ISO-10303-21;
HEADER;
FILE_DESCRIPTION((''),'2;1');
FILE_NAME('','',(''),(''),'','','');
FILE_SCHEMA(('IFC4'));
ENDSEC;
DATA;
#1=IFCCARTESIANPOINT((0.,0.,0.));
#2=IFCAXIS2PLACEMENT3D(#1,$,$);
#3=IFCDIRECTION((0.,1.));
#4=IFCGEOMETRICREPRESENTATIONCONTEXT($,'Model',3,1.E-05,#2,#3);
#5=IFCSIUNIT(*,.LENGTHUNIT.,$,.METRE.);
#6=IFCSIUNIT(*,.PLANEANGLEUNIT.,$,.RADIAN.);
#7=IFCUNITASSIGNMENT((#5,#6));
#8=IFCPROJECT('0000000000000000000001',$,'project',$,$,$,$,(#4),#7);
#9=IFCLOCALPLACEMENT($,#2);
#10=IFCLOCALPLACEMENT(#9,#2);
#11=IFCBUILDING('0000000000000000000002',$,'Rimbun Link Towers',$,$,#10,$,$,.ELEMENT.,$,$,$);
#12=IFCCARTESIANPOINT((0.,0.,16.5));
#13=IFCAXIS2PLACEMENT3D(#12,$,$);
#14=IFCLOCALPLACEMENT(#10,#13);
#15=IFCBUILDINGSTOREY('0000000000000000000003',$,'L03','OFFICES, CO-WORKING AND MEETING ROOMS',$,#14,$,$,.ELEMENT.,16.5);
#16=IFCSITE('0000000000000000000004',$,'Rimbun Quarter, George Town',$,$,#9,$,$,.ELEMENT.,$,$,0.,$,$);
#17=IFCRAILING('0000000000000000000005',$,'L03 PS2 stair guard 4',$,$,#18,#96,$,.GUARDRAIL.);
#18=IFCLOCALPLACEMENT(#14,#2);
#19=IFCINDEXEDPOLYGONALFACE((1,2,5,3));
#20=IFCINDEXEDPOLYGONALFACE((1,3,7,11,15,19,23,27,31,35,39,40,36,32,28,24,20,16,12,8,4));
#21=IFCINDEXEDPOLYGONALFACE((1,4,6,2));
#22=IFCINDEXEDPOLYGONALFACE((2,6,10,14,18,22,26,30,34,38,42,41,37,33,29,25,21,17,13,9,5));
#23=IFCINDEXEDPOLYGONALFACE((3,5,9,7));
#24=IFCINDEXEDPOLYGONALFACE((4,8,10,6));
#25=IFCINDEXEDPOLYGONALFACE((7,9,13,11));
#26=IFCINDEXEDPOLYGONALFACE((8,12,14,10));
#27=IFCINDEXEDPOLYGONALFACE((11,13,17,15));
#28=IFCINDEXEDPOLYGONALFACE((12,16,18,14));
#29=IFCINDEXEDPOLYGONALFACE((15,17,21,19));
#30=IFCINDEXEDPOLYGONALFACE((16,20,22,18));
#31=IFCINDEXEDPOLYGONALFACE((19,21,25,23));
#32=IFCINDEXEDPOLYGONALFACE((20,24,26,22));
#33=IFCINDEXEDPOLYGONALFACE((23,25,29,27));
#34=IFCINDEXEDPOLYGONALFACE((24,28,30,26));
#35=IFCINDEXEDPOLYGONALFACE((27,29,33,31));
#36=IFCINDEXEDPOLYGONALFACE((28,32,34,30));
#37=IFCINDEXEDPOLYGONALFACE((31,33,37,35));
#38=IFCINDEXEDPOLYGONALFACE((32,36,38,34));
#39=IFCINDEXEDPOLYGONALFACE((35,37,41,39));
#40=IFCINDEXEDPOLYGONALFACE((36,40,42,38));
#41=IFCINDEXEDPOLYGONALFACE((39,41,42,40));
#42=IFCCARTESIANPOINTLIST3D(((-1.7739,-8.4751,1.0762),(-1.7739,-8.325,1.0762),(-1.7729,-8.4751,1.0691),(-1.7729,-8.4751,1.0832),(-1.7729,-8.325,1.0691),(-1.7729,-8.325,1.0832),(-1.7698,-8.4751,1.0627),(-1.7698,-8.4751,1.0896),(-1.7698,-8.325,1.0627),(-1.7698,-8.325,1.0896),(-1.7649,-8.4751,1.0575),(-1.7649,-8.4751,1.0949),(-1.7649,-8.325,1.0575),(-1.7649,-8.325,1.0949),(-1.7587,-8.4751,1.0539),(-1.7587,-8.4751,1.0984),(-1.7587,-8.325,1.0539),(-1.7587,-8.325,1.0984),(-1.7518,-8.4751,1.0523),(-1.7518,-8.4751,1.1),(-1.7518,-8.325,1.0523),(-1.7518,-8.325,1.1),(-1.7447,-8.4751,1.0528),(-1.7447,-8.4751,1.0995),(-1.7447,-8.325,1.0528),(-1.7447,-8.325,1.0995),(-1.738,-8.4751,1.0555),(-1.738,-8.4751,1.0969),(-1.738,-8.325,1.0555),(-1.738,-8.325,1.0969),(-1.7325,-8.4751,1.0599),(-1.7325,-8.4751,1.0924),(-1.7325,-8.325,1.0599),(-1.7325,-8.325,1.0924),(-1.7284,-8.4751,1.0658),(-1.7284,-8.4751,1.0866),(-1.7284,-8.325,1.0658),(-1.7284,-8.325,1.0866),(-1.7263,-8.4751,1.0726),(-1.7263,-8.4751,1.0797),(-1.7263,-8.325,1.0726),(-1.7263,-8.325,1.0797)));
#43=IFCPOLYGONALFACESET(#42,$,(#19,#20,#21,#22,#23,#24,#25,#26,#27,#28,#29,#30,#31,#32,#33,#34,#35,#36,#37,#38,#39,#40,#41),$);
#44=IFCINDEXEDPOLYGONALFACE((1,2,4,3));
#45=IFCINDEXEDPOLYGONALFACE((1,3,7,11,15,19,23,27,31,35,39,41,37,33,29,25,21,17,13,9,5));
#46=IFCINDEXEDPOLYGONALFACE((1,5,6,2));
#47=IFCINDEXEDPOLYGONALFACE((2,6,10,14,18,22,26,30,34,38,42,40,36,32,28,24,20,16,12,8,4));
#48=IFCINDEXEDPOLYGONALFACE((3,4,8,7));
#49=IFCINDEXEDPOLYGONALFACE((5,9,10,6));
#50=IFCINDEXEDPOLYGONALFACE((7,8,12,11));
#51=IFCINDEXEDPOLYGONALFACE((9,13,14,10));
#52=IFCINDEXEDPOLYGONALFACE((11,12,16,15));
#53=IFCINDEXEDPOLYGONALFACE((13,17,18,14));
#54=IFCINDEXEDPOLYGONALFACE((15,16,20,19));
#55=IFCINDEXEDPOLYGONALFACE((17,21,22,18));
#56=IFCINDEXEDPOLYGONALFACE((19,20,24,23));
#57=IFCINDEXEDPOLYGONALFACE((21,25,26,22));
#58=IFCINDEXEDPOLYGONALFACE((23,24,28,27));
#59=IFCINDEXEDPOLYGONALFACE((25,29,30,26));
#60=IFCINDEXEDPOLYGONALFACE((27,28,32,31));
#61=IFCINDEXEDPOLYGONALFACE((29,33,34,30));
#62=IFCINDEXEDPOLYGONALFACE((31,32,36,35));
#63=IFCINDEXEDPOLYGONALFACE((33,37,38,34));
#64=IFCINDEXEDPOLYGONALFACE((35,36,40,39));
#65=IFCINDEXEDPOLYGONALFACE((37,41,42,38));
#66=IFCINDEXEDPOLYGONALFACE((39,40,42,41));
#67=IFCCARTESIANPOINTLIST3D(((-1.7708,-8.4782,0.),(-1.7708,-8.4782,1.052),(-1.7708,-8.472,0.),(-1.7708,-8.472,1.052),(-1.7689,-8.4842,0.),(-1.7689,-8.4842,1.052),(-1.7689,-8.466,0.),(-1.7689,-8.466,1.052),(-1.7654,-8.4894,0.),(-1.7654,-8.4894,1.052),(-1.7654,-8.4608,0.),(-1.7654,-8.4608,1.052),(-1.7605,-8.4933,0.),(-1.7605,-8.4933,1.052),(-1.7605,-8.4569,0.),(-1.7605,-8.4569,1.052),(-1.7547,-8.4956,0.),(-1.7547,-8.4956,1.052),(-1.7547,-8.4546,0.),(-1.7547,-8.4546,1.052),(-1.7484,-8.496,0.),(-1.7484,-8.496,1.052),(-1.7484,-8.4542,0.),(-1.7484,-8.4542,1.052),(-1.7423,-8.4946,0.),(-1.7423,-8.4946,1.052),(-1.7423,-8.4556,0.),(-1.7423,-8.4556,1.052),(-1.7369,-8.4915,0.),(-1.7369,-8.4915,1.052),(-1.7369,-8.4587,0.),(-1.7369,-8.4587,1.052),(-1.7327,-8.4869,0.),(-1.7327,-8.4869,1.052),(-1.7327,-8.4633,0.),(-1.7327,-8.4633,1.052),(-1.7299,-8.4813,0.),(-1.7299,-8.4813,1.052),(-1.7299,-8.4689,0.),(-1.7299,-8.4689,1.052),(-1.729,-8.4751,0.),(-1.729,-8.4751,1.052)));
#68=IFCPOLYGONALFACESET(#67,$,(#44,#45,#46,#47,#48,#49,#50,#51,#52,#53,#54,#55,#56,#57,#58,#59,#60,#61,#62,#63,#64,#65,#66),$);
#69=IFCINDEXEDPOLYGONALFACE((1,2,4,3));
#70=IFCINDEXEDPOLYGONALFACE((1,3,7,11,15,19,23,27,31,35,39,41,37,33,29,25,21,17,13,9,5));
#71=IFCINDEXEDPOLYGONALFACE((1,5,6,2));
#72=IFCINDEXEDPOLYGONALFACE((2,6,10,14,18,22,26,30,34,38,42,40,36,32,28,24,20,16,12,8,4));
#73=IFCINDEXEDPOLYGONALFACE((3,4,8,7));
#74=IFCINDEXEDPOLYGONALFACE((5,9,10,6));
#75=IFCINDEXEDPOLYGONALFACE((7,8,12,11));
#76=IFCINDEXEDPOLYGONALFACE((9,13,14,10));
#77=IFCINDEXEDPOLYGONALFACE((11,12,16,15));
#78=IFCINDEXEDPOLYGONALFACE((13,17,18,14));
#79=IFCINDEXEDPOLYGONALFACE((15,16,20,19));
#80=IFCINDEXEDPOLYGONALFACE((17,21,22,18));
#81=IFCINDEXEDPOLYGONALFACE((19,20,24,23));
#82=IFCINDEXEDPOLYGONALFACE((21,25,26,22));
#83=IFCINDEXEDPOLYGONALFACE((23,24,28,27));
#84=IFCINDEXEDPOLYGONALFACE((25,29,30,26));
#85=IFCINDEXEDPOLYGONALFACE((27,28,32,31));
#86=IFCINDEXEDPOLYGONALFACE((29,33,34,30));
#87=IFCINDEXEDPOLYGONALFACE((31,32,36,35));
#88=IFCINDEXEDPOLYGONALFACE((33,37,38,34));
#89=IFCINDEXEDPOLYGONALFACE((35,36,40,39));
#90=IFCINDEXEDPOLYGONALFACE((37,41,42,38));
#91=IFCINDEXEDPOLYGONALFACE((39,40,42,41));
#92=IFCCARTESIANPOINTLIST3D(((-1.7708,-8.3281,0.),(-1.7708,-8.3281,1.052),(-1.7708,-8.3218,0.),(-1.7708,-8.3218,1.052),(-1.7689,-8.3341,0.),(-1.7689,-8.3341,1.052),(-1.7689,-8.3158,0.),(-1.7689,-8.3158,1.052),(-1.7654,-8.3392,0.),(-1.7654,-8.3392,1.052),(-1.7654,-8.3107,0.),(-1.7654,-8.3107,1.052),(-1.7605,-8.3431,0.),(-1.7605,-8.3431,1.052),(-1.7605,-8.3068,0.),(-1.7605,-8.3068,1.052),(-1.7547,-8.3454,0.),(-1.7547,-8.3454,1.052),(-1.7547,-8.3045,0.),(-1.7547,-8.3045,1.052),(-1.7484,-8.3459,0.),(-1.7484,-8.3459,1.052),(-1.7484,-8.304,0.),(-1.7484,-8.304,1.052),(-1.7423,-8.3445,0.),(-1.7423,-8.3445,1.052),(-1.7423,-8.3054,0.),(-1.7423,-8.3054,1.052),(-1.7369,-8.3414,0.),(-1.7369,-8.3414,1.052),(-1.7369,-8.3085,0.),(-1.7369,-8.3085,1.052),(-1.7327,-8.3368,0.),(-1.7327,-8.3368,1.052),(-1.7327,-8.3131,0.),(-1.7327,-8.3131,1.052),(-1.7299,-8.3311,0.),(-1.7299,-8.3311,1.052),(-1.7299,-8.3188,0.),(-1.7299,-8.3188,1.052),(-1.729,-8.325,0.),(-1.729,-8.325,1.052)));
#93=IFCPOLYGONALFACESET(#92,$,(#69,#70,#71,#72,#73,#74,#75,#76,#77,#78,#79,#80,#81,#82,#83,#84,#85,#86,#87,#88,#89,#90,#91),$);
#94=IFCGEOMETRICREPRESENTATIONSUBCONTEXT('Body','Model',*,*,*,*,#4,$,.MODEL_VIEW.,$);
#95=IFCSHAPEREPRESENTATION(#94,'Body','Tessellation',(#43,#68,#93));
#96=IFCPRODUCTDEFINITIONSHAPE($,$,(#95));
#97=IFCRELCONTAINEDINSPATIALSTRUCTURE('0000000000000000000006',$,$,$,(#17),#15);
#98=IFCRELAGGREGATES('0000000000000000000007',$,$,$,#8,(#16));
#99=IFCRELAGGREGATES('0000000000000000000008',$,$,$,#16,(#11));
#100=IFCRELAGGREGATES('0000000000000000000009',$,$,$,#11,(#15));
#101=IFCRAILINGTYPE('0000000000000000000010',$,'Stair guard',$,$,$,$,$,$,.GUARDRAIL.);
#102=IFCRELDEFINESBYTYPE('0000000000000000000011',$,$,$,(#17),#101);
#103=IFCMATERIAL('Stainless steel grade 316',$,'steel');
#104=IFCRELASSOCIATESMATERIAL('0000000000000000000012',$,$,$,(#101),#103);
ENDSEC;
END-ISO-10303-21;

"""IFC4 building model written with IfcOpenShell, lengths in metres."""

from ifc_helpers import new_model, si_unit, direction, frame, origin, origin_2d, place, context, subcontext, project, spatial, circle, extrude, material, type_object, element, save


model = new_model("IFC4")

# Units and contexts
model_context = context("Model", 3, precision=1e-05, world=origin(), true_north=direction((0.0, 1.0)))
body_context = subcontext(model_context, "Body", "Model", "MODEL_VIEW")
ifc_project = project(units=[si_unit("LENGTHUNIT", "METRE"), si_unit("PLANEANGLEUNIT", "RADIAN")], contexts=[model_context])

# Site, building, storey
site_placement = place(None, origin())
site = spatial("IfcSite", under=ifc_project, at=site_placement, Name="Rimbun Quarter, George Town", CompositionType="ELEMENT", RefElevation=0.0)
building_placement = place(site_placement, origin())
building = spatial("IfcBuilding", under=site, at=building_placement, Name="Rimbun Link Towers", CompositionType="ELEMENT")
storey_placement = place(building_placement, frame((0.0, 0.0, 16.5)))
storey = spatial("IfcBuildingStorey", under=building, at=storey_placement, Name="L03", Description="OFFICES, CO-WORKING AND MEETING ROOMS", CompositionType="ELEMENT", Elevation=16.5)

# Railing
ifc_material_1 = material(Name="Stainless steel grade 316", Category="steel")
railing_type_1 = type_object("IfcRailingType", Name="Stair guard", PredefinedType="GUARDRAIL", material=ifc_material_1)
railing_1_placement = place(storey_placement, frame((-1.75, -8.4751, 0.0)))
element("IfcRailing", 1, at=railing_1_placement, inside=storey, type_object=railing_type_1, Name="L03 PS2 stair guard 4", PredefinedType="GUARDRAIL", context=body_context, shape_type="SweptSolid", body=[
    extrude(circle(Radius=0.0239, at=origin_2d()), frame((0.0, 0.0, 1.0762), z_axis=(0.0, 1.0, 0.0), x_axis=(-1.0, 0.0, 0.0)), (0.0, 0.0, 1.0), 0.1501),
    extrude(circle(Radius=0.021, at=origin_2d()), origin(), (0.0, 0.0, 1.0), 1.052),
    extrude(circle(Radius=0.021, at=origin_2d()), frame((0.0, 0.1501, 0.0)), (0.0, 0.0, 1.0), 1.052),
])

save(model, "model.ifc")
